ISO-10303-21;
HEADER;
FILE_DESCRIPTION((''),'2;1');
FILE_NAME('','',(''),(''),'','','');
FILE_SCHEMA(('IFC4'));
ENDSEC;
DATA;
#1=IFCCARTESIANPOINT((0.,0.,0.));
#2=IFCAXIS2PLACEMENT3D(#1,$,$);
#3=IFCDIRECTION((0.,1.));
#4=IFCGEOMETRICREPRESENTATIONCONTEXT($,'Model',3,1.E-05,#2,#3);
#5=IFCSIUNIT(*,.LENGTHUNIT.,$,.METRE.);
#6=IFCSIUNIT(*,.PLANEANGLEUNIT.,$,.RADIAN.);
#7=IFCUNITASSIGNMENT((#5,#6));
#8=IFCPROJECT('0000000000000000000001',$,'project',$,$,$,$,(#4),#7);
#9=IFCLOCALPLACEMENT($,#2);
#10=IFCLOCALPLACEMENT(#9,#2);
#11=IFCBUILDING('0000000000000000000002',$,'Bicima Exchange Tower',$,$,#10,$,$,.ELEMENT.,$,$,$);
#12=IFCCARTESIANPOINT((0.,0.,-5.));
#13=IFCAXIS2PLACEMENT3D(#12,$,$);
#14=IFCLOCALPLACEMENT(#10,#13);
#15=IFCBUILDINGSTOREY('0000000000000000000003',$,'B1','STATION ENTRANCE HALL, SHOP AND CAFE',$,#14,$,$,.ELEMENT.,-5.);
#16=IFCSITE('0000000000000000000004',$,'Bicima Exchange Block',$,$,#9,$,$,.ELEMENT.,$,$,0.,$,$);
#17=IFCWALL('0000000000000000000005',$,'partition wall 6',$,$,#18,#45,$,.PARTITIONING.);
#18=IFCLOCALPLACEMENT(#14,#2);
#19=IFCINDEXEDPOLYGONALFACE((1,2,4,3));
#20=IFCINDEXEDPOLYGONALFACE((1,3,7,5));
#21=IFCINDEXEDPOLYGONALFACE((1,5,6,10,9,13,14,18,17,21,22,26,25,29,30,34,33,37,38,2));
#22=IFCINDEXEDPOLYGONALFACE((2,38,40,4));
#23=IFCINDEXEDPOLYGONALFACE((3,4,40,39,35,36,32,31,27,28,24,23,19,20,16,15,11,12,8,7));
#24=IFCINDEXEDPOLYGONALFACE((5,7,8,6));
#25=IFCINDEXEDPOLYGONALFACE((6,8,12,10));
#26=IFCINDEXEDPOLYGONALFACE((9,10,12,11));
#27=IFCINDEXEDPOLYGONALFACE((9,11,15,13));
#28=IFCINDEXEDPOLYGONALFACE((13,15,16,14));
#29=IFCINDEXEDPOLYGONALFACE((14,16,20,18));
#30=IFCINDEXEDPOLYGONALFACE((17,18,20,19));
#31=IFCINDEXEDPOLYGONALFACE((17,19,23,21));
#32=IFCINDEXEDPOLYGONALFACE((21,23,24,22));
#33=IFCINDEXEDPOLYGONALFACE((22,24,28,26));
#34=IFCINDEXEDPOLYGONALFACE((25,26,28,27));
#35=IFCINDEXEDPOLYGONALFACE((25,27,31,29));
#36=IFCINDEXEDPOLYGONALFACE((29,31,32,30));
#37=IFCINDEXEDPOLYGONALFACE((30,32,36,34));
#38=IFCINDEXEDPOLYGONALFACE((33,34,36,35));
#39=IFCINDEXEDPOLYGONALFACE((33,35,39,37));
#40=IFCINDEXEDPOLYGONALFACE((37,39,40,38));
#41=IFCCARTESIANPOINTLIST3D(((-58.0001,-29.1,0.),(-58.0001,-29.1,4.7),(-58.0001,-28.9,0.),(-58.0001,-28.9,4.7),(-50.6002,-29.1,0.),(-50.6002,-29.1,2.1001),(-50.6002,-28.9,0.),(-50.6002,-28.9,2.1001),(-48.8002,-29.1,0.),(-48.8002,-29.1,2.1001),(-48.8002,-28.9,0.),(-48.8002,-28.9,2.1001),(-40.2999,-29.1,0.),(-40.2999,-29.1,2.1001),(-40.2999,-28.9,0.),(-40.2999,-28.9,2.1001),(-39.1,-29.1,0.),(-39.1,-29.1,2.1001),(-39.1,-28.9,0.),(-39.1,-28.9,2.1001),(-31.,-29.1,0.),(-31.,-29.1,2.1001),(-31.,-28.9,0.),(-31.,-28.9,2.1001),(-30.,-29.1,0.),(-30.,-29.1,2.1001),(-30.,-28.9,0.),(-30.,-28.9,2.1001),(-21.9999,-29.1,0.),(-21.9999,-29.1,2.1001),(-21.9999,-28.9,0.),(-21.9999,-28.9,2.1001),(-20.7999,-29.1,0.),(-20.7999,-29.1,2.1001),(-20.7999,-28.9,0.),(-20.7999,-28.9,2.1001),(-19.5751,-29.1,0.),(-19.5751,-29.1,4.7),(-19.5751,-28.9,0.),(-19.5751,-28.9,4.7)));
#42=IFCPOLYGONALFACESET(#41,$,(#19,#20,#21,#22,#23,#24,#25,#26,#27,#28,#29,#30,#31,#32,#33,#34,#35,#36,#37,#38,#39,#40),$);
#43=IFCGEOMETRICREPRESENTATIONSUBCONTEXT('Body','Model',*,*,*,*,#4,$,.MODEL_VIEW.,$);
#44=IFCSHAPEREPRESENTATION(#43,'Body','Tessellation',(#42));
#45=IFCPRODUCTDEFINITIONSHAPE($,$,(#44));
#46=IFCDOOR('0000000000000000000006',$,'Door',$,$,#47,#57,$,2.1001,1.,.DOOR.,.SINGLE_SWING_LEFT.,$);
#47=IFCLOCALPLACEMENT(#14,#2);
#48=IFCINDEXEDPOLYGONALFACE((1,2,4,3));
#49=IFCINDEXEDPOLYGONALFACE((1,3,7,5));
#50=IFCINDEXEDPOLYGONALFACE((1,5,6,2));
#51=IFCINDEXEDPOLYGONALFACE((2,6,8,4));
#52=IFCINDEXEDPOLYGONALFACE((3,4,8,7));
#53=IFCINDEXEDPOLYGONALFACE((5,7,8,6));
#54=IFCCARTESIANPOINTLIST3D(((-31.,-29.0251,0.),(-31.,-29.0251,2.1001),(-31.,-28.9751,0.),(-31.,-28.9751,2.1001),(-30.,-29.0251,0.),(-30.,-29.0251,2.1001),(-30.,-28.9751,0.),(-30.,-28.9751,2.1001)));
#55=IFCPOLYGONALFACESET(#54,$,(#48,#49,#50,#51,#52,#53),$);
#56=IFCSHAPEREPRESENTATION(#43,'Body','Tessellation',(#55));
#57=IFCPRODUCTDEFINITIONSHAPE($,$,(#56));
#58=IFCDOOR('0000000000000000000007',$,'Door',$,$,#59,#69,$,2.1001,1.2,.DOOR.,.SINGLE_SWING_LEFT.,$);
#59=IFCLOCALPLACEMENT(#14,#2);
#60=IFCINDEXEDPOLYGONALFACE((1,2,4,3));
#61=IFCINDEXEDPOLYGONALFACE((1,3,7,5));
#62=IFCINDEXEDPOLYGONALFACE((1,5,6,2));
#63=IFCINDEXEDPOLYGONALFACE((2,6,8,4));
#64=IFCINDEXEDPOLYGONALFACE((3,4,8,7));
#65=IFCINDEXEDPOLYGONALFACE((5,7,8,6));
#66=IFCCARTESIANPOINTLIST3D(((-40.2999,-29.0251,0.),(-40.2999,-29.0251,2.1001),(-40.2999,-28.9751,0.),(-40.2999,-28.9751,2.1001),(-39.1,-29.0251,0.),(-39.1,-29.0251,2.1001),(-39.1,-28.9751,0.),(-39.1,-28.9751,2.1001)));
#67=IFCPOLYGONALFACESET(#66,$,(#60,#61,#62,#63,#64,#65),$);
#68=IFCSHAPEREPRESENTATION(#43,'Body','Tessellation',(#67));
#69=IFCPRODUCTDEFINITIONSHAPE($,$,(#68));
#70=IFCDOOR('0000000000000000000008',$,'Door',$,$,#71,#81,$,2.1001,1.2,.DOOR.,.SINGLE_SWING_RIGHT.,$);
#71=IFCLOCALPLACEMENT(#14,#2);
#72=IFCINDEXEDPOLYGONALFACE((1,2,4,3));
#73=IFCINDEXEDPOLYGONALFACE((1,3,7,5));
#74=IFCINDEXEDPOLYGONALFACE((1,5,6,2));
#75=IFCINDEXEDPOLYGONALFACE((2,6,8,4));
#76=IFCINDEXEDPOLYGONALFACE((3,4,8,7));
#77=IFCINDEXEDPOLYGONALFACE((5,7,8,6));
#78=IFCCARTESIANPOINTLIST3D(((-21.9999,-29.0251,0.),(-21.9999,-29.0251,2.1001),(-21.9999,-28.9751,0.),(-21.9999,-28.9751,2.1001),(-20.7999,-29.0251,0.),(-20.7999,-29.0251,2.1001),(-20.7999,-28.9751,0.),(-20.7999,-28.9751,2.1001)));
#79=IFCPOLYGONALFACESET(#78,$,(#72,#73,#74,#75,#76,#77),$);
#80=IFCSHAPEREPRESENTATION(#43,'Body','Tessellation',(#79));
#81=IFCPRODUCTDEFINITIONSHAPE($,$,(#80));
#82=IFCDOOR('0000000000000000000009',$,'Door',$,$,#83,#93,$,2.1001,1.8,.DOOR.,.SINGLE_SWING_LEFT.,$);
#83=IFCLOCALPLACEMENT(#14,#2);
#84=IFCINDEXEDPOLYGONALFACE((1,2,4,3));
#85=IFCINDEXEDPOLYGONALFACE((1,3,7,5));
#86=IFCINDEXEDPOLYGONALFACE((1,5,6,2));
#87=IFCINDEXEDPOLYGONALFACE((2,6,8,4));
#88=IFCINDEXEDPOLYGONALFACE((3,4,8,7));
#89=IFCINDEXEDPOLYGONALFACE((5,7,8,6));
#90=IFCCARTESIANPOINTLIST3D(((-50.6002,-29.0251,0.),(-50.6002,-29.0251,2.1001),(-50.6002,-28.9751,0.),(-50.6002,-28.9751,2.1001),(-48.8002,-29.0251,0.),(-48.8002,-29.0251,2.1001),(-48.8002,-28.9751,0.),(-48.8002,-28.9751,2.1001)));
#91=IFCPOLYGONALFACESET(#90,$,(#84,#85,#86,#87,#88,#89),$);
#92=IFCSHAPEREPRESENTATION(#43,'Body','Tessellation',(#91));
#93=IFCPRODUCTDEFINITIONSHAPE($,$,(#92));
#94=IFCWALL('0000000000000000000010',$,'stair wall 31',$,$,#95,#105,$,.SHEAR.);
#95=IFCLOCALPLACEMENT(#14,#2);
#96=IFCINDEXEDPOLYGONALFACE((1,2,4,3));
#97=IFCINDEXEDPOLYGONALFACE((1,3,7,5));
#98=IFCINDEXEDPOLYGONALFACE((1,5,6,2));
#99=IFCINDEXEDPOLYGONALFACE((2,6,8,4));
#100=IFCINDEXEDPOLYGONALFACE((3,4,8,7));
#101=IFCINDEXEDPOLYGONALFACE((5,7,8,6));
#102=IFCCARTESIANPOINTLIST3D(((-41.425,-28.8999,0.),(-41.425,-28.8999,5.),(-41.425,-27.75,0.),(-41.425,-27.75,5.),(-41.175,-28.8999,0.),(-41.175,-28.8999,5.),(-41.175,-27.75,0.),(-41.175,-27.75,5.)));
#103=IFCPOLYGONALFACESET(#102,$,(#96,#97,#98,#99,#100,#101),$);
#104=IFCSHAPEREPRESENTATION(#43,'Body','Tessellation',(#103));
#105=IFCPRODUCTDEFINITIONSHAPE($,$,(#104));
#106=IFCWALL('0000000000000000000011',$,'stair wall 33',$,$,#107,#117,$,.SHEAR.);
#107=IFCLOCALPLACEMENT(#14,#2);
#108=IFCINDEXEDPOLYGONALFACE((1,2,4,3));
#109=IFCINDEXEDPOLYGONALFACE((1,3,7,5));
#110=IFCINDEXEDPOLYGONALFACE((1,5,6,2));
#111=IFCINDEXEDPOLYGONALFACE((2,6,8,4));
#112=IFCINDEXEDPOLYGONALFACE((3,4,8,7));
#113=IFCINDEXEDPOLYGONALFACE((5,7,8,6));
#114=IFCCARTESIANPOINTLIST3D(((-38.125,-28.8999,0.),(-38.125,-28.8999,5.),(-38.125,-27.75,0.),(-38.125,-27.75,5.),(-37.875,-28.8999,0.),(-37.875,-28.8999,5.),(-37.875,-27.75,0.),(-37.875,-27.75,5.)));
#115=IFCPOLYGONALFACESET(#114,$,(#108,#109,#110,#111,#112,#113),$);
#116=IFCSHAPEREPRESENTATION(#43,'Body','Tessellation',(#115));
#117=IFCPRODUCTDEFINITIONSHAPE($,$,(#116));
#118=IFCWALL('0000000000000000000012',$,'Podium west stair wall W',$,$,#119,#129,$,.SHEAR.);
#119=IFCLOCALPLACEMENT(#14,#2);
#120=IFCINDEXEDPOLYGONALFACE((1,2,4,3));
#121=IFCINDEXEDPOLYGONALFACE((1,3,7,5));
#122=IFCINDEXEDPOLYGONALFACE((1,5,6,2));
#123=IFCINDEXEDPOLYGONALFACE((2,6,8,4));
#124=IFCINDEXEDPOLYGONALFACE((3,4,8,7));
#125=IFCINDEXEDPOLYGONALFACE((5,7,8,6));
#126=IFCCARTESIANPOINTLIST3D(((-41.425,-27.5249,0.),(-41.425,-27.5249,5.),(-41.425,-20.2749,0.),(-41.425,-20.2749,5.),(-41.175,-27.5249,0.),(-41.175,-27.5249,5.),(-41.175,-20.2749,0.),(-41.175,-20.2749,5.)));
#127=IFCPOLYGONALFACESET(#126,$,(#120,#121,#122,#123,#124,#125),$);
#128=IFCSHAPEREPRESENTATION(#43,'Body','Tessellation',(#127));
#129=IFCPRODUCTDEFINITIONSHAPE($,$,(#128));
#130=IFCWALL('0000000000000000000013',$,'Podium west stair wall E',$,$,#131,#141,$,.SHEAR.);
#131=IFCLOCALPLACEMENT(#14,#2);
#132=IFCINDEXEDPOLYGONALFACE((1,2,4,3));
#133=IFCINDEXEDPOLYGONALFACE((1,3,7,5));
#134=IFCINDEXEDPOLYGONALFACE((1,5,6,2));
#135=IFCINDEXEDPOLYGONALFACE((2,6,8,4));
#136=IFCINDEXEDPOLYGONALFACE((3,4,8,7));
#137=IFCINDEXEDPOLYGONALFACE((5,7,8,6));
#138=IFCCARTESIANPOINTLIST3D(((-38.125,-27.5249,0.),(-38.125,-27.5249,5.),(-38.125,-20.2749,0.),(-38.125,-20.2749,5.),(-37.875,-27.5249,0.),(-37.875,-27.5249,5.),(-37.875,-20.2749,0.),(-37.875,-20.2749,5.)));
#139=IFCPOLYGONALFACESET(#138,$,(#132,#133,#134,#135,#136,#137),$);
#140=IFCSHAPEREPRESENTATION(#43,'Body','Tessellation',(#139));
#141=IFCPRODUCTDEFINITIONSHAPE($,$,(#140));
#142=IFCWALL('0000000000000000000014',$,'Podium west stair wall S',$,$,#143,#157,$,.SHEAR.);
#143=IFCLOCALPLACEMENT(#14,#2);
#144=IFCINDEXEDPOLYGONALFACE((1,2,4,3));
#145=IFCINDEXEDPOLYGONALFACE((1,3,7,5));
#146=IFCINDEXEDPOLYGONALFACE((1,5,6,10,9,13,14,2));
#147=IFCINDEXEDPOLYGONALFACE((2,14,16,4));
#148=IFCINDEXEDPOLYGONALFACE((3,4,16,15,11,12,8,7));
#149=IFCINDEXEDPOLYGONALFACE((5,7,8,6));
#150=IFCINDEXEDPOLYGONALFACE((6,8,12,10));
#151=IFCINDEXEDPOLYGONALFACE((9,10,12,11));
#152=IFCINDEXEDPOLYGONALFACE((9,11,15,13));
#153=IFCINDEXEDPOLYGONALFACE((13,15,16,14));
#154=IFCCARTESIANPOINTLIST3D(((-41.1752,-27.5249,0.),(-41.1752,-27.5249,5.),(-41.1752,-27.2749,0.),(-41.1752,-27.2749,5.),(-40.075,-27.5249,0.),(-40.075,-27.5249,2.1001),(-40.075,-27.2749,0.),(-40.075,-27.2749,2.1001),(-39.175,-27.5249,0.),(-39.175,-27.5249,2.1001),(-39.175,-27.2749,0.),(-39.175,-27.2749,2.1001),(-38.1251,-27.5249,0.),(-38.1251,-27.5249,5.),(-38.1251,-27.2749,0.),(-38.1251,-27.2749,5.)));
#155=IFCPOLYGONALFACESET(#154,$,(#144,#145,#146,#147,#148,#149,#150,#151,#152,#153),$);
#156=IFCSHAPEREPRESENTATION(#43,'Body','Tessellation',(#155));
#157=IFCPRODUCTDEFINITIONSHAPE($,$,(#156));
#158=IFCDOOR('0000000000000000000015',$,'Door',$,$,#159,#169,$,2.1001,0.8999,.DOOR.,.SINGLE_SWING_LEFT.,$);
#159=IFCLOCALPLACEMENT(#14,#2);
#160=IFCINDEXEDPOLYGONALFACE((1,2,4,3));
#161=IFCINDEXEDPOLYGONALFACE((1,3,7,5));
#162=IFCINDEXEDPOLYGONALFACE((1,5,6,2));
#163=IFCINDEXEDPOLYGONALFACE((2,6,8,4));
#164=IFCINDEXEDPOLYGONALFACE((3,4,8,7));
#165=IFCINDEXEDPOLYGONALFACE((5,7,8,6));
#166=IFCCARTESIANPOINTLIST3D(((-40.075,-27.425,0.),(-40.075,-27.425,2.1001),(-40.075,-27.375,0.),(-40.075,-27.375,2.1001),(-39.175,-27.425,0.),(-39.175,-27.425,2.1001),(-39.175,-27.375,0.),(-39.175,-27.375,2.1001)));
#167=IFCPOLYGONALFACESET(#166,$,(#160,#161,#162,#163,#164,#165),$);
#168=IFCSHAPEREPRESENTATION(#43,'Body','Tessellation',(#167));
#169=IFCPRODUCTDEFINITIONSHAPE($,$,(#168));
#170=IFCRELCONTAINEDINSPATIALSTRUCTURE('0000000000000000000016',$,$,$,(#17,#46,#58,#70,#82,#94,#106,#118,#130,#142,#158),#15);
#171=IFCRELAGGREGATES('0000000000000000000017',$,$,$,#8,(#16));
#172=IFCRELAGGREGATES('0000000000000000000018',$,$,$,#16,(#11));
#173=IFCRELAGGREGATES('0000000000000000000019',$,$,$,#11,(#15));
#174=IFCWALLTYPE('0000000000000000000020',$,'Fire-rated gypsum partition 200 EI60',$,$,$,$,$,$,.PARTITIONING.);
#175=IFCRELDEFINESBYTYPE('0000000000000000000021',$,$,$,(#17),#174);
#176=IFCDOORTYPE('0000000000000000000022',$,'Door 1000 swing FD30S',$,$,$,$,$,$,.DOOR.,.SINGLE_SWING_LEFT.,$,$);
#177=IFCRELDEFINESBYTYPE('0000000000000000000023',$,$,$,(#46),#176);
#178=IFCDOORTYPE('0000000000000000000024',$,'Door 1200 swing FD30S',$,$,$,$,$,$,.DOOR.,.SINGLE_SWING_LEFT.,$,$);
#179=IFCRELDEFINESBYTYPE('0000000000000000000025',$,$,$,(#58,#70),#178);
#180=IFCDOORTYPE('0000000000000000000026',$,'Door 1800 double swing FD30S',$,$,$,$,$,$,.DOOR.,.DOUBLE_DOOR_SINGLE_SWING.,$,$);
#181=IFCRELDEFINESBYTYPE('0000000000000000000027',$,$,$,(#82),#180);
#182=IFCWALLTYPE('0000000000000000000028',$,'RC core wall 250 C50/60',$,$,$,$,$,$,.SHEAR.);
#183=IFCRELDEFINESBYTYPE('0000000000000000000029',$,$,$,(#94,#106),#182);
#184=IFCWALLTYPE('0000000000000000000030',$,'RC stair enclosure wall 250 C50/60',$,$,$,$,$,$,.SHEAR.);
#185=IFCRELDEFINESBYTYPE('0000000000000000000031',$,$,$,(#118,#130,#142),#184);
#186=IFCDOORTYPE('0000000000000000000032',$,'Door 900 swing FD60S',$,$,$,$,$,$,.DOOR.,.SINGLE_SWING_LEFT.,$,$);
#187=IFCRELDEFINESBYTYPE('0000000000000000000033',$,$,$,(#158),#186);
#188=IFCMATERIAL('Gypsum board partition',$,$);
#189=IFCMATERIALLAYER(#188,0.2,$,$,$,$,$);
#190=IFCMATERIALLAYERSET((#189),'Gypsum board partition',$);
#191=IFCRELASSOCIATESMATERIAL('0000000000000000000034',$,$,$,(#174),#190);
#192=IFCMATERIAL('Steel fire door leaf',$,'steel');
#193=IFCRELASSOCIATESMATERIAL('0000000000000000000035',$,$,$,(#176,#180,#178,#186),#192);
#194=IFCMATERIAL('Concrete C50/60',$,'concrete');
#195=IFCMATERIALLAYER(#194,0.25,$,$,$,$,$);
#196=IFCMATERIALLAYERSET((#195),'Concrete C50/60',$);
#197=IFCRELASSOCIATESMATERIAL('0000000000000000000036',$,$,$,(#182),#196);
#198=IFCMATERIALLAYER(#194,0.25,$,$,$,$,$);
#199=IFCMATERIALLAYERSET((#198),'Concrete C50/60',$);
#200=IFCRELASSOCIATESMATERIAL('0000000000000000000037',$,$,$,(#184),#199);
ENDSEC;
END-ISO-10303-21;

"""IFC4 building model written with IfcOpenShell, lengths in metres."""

from ifc_helpers import new_model, si_unit, direction, frame, frame_2d, origin, place, context, subcontext, project, spatial, rectangle, extrude, material, layer, layer_set, type_object, element, fill, save


model = new_model("IFC4")

# Units and contexts
model_context = context("Model", 3, precision=1e-05, world=origin(), true_north=direction((0.0, 1.0)))
body_context = subcontext(model_context, "Body", "Model", "MODEL_VIEW")
ifc_project = project(units=[si_unit("LENGTHUNIT", "METRE"), si_unit("PLANEANGLEUNIT", "RADIAN")], contexts=[model_context])

# Site, building, storey
site_placement = place(None, origin())
site = spatial("IfcSite", under=ifc_project, at=site_placement, Name="Bicima Exchange Block", CompositionType="ELEMENT", RefElevation=0.0)
building_placement = place(site_placement, origin())
building = spatial("IfcBuilding", under=site, at=building_placement, Name="Bicima Exchange Tower", CompositionType="ELEMENT")
storey_placement = place(building_placement, frame((0.0, 0.0, -5.0)))
storey = spatial("IfcBuildingStorey", under=building, at=storey_placement, Name="B1", Description="STATION ENTRANCE HALL, SHOP AND CAFE", CompositionType="ELEMENT", Elevation=-5.0)

# Wall, openings, doors
ifc_material_1 = material(Name="Gypsum board partition")
ifc_layer_1 = layer(ifc_material_1, 0.2)
ifc_layer_set_1 = layer_set([ifc_layer_1], Name="Gypsum board partition")
wall_type_1 = type_object("IfcWallType", Name="Fire-rated gypsum partition 200 EI60", PredefinedType="PARTITIONING", material=ifc_layer_set_1)
ifc_material_2 = material(Name="Steel fire door leaf", Category="steel")
door_type_1 = type_object("IfcDoorType", Name="Door 1000 swing FD30S", OperationType="SINGLE_SWING_LEFT", PredefinedType="DOOR", material=ifc_material_2)
door_type_2 = type_object("IfcDoorType", Name="Door 1800 double swing FD30S", OperationType="DOUBLE_DOOR_SINGLE_SWING", PredefinedType="DOOR", material=ifc_material_2)
wall_1_placement = place(storey_placement, frame((-58.0, -29.0, 0.0), z_axis=(0.0, 0.0, 1.0), x_axis=(1.0, 0.0, 0.0)))
wall_1 = element("IfcWall", 1, at=wall_1_placement, inside=storey, type_object=wall_type_1, Name="partition wall 6", PredefinedType="PARTITIONING", context=body_context, shape_type="SweptSolid", body=[
    extrude(rectangle(XDim=38.425, YDim=0.2, at=frame_2d((19.2124, 0.0))), origin(), (0.0, 0.0, 1.0), 4.7),
])
opening_1_placement = place(wall_1_placement, frame((17.7, 0.0, 0.0)))
opening_1 = element("IfcOpeningElement", 2, at=opening_1_placement, cuts=wall_1, PredefinedType="OPENING", context=body_context, shape_type="SweptSolid", body=[
    extrude(rectangle(XDim=1.2, YDim=2.1001, at=frame_2d((0.6001, 1.05))), frame((0.0, 0.1118, 0.0), z_axis=(0.0, -1.0, 0.0), x_axis=(1.0, 0.0, 0.0)), (0.0, 0.0, 1.0), 0.2239),
])
opening_2_placement = place(wall_1_placement, frame((36.0, 0.0, 0.0)))
opening_2 = element("IfcOpeningElement", 3, at=opening_2_placement, cuts=wall_1, PredefinedType="OPENING", context=body_context, shape_type="SweptSolid", body=[
    extrude(rectangle(XDim=1.2, YDim=2.1001, at=frame_2d((0.6001, 1.05))), frame((0.0, 0.1118, 0.0), z_axis=(0.0, -1.0, 0.0), x_axis=(1.0, 0.0, 0.0)), (0.0, 0.0, 1.0), 0.2239),
])
opening_3_placement = place(wall_1_placement, frame((7.3999, 0.0, 0.0)))
opening_3 = element("IfcOpeningElement", 4, at=opening_3_placement, cuts=wall_1, PredefinedType="OPENING", context=body_context, shape_type="SweptSolid", body=[
    extrude(rectangle(XDim=1.8, YDim=2.1001, at=frame_2d((0.8999, 1.05))), frame((0.0, 0.1118, 0.0), z_axis=(0.0, -1.0, 0.0), x_axis=(1.0, 0.0, 0.0)), (0.0, 0.0, 1.0), 0.2239),
])
opening_4_placement = place(wall_1_placement, frame((27.0, 0.0, 0.0)))
opening_4 = element("IfcOpeningElement", 5, at=opening_4_placement, cuts=wall_1, PredefinedType="OPENING", context=body_context, shape_type="SweptSolid", body=[
    extrude(rectangle(XDim=1.0, YDim=2.1001, at=frame_2d((0.5, 1.05))), frame((0.0, 0.1118, 0.0), z_axis=(0.0, -1.0, 0.0), x_axis=(1.0, 0.0, 0.0)), (0.0, 0.0, 1.0), 0.2239),
])
door_1_placement = place(opening_4_placement, origin())
door_1 = element("IfcDoor", 6, at=door_1_placement, inside=storey, type_object=door_type_1, Name="Door", OperationType="SINGLE_SWING_LEFT", OverallHeight=2.1001, OverallWidth=1.0, PredefinedType="DOOR", context=body_context, shape_type="SweptSolid", body=[
    extrude(rectangle(XDim=1.0, YDim=2.1001, at=frame_2d((0.5, 1.05))), frame((0.0, 0.0249, 0.0), z_axis=(0.0, -1.0, 0.0), x_axis=(1.0, 0.0, 0.0)), (0.0, 0.0, 1.0), 0.05),
])
fill(opening_4, door_1)
door_type_3 = type_object("IfcDoorType", Name="Door 1200 swing FD30S", OperationType="SINGLE_SWING_LEFT", PredefinedType="DOOR", material=ifc_material_2)
door_2_placement = place(opening_1_placement, origin())
door_2 = element("IfcDoor", 7, at=door_2_placement, inside=storey, type_object=door_type_3, Name="Door", OperationType="SINGLE_SWING_LEFT", OverallHeight=2.1001, OverallWidth=1.2, PredefinedType="DOOR", context=body_context, shape_type="SweptSolid", body=[
    extrude(rectangle(XDim=1.2, YDim=2.1001, at=frame_2d((0.6001, 1.05))), frame((0.0, 0.0249, 0.0), z_axis=(0.0, -1.0, 0.0), x_axis=(1.0, 0.0, 0.0)), (0.0, 0.0, 1.0), 0.05),
])
fill(opening_1, door_2)
door_3_placement = place(opening_2_placement, origin())
door_3 = element("IfcDoor", 8, at=door_3_placement, inside=storey, type_object=door_type_3, Name="Door", OperationType="SINGLE_SWING_RIGHT", OverallHeight=2.1001, OverallWidth=1.2, PredefinedType="DOOR", context=body_context, shape_type="SweptSolid", body=[
    extrude(rectangle(XDim=1.2, YDim=2.1001, at=frame_2d((0.6001, 1.05))), frame((0.0, 0.0249, 0.0), z_axis=(0.0, -1.0, 0.0), x_axis=(1.0, 0.0, 0.0)), (0.0, 0.0, 1.0), 0.05),
])
fill(opening_2, door_3)
door_4_placement = place(opening_3_placement, origin())
door_4 = element("IfcDoor", 9, at=door_4_placement, inside=storey, type_object=door_type_2, Name="Door", OperationType="SINGLE_SWING_LEFT", OverallHeight=2.1001, OverallWidth=1.8, PredefinedType="DOOR", context=body_context, shape_type="SweptSolid", body=[
    extrude(rectangle(XDim=1.8, YDim=2.1001, at=frame_2d((0.8999, 1.05))), frame((0.0, 0.0249, 0.0), z_axis=(0.0, -1.0, 0.0), x_axis=(1.0, 0.0, 0.0)), (0.0, 0.0, 1.0), 0.05),
])
fill(opening_3, door_4)

# Walls
ifc_material_3 = material(Name="Concrete C50/60", Category="concrete")
ifc_layer_2 = layer(ifc_material_3, 0.25)
ifc_layer_set_2 = layer_set([ifc_layer_2], Name="Concrete C50/60")
wall_type_2 = type_object("IfcWallType", Name="RC core wall 250 C50/60", PredefinedType="SHEAR", material=ifc_layer_set_2)
for number, where, z_axis, x_axis, name in (
    (10, (-41.3, -28.8999, 0.0), (0.0, 0.0, 1.0), (0.0, 1.0, 0.0), "stair wall 31"),
    (11, (-38.0, -28.8999, 0.0), (0.0, 0.0, 1.0), (0.0, 1.0, 0.0), "stair wall 33"),
):
    element("IfcWall", number, at=place(storey_placement, frame(where, z_axis=z_axis, x_axis=x_axis)), inside=storey, type_object=wall_type_2, Name=name, PredefinedType="SHEAR", context=body_context, shape_type="SweptSolid", body=[
        extrude(rectangle(XDim=1.1499, YDim=0.25, at=frame_2d((0.575, 0.0))), origin(), (0.0, 0.0, 1.0), 5.0),
    ])
ifc_layer_3 = layer(ifc_material_3, 0.25)
ifc_layer_set_3 = layer_set([ifc_layer_3], Name="Concrete C50/60")
wall_type_3 = type_object("IfcWallType", Name="RC stair enclosure wall 250 C50/60", PredefinedType="SHEAR", material=ifc_layer_set_3)
for number, where, z_axis, x_axis, name in (
    (12, (-41.3, -27.5249, 0.0), (0.0, 0.0, 1.0), (0.0, 1.0, 0.0), "Podium west stair wall W"),
    (13, (-38.0, -27.5249, 0.0), (0.0, 0.0, 1.0), (0.0, 1.0, 0.0), "Podium west stair wall E"),
):
    element("IfcWall", number, at=place(storey_placement, frame(where, z_axis=z_axis, x_axis=x_axis)), inside=storey, type_object=wall_type_3, Name=name, PredefinedType="SHEAR", context=body_context, shape_type="SweptSolid", body=[
        extrude(rectangle(XDim=7.25, YDim=0.25, at=frame_2d((3.625, 0.0))), origin(), (0.0, 0.0, 1.0), 5.0),
    ])

# Wall, opening, door
wall_2_placement = place(storey_placement, frame((-41.175, -27.3999, 0.0), z_axis=(0.0, 0.0, 1.0), x_axis=(1.0, 0.0, 0.0)))
wall_2 = element("IfcWall", 14, at=wall_2_placement, inside=storey, type_object=wall_type_3, Name="Podium west stair wall S", PredefinedType="SHEAR", context=body_context, shape_type="SweptSolid", body=[
    extrude(rectangle(XDim=3.05, YDim=0.25, at=frame_2d((1.5249, 0.0))), origin(), (0.0, 0.0, 1.0), 5.0),
])
opening_5_placement = place(wall_2_placement, frame((1.1001, 0.0, 0.0)))
opening_5 = element("IfcOpeningElement", 15, at=opening_5_placement, cuts=wall_2, PredefinedType="OPENING", context=body_context, shape_type="SweptSolid", body=[
    extrude(rectangle(XDim=0.8999, YDim=2.1001, at=frame_2d((0.45, 1.05))), frame((0.0, 0.137, 0.0), z_axis=(0.0, -1.0, 0.0), x_axis=(1.0, 0.0, 0.0)), (0.0, 0.0, 1.0), 0.2739),
])
door_type_4 = type_object("IfcDoorType", Name="Door 900 swing FD60S", OperationType="SINGLE_SWING_LEFT", PredefinedType="DOOR", material=ifc_material_2)
door_5_placement = place(opening_5_placement, origin())
door_5 = element("IfcDoor", 16, at=door_5_placement, inside=storey, type_object=door_type_4, Name="Door", OperationType="SINGLE_SWING_LEFT", OverallHeight=2.1001, OverallWidth=0.8999, PredefinedType="DOOR", context=body_context, shape_type="SweptSolid", body=[
    extrude(rectangle(XDim=0.8999, YDim=2.1001, at=frame_2d((0.45, 1.05))), frame((0.0, 0.0249, 0.0), z_axis=(0.0, -1.0, 0.0), x_axis=(1.0, 0.0, 0.0)), (0.0, 0.0, 1.0), 0.05),
])
fill(opening_5, door_5)

save(model, "model.ifc")
